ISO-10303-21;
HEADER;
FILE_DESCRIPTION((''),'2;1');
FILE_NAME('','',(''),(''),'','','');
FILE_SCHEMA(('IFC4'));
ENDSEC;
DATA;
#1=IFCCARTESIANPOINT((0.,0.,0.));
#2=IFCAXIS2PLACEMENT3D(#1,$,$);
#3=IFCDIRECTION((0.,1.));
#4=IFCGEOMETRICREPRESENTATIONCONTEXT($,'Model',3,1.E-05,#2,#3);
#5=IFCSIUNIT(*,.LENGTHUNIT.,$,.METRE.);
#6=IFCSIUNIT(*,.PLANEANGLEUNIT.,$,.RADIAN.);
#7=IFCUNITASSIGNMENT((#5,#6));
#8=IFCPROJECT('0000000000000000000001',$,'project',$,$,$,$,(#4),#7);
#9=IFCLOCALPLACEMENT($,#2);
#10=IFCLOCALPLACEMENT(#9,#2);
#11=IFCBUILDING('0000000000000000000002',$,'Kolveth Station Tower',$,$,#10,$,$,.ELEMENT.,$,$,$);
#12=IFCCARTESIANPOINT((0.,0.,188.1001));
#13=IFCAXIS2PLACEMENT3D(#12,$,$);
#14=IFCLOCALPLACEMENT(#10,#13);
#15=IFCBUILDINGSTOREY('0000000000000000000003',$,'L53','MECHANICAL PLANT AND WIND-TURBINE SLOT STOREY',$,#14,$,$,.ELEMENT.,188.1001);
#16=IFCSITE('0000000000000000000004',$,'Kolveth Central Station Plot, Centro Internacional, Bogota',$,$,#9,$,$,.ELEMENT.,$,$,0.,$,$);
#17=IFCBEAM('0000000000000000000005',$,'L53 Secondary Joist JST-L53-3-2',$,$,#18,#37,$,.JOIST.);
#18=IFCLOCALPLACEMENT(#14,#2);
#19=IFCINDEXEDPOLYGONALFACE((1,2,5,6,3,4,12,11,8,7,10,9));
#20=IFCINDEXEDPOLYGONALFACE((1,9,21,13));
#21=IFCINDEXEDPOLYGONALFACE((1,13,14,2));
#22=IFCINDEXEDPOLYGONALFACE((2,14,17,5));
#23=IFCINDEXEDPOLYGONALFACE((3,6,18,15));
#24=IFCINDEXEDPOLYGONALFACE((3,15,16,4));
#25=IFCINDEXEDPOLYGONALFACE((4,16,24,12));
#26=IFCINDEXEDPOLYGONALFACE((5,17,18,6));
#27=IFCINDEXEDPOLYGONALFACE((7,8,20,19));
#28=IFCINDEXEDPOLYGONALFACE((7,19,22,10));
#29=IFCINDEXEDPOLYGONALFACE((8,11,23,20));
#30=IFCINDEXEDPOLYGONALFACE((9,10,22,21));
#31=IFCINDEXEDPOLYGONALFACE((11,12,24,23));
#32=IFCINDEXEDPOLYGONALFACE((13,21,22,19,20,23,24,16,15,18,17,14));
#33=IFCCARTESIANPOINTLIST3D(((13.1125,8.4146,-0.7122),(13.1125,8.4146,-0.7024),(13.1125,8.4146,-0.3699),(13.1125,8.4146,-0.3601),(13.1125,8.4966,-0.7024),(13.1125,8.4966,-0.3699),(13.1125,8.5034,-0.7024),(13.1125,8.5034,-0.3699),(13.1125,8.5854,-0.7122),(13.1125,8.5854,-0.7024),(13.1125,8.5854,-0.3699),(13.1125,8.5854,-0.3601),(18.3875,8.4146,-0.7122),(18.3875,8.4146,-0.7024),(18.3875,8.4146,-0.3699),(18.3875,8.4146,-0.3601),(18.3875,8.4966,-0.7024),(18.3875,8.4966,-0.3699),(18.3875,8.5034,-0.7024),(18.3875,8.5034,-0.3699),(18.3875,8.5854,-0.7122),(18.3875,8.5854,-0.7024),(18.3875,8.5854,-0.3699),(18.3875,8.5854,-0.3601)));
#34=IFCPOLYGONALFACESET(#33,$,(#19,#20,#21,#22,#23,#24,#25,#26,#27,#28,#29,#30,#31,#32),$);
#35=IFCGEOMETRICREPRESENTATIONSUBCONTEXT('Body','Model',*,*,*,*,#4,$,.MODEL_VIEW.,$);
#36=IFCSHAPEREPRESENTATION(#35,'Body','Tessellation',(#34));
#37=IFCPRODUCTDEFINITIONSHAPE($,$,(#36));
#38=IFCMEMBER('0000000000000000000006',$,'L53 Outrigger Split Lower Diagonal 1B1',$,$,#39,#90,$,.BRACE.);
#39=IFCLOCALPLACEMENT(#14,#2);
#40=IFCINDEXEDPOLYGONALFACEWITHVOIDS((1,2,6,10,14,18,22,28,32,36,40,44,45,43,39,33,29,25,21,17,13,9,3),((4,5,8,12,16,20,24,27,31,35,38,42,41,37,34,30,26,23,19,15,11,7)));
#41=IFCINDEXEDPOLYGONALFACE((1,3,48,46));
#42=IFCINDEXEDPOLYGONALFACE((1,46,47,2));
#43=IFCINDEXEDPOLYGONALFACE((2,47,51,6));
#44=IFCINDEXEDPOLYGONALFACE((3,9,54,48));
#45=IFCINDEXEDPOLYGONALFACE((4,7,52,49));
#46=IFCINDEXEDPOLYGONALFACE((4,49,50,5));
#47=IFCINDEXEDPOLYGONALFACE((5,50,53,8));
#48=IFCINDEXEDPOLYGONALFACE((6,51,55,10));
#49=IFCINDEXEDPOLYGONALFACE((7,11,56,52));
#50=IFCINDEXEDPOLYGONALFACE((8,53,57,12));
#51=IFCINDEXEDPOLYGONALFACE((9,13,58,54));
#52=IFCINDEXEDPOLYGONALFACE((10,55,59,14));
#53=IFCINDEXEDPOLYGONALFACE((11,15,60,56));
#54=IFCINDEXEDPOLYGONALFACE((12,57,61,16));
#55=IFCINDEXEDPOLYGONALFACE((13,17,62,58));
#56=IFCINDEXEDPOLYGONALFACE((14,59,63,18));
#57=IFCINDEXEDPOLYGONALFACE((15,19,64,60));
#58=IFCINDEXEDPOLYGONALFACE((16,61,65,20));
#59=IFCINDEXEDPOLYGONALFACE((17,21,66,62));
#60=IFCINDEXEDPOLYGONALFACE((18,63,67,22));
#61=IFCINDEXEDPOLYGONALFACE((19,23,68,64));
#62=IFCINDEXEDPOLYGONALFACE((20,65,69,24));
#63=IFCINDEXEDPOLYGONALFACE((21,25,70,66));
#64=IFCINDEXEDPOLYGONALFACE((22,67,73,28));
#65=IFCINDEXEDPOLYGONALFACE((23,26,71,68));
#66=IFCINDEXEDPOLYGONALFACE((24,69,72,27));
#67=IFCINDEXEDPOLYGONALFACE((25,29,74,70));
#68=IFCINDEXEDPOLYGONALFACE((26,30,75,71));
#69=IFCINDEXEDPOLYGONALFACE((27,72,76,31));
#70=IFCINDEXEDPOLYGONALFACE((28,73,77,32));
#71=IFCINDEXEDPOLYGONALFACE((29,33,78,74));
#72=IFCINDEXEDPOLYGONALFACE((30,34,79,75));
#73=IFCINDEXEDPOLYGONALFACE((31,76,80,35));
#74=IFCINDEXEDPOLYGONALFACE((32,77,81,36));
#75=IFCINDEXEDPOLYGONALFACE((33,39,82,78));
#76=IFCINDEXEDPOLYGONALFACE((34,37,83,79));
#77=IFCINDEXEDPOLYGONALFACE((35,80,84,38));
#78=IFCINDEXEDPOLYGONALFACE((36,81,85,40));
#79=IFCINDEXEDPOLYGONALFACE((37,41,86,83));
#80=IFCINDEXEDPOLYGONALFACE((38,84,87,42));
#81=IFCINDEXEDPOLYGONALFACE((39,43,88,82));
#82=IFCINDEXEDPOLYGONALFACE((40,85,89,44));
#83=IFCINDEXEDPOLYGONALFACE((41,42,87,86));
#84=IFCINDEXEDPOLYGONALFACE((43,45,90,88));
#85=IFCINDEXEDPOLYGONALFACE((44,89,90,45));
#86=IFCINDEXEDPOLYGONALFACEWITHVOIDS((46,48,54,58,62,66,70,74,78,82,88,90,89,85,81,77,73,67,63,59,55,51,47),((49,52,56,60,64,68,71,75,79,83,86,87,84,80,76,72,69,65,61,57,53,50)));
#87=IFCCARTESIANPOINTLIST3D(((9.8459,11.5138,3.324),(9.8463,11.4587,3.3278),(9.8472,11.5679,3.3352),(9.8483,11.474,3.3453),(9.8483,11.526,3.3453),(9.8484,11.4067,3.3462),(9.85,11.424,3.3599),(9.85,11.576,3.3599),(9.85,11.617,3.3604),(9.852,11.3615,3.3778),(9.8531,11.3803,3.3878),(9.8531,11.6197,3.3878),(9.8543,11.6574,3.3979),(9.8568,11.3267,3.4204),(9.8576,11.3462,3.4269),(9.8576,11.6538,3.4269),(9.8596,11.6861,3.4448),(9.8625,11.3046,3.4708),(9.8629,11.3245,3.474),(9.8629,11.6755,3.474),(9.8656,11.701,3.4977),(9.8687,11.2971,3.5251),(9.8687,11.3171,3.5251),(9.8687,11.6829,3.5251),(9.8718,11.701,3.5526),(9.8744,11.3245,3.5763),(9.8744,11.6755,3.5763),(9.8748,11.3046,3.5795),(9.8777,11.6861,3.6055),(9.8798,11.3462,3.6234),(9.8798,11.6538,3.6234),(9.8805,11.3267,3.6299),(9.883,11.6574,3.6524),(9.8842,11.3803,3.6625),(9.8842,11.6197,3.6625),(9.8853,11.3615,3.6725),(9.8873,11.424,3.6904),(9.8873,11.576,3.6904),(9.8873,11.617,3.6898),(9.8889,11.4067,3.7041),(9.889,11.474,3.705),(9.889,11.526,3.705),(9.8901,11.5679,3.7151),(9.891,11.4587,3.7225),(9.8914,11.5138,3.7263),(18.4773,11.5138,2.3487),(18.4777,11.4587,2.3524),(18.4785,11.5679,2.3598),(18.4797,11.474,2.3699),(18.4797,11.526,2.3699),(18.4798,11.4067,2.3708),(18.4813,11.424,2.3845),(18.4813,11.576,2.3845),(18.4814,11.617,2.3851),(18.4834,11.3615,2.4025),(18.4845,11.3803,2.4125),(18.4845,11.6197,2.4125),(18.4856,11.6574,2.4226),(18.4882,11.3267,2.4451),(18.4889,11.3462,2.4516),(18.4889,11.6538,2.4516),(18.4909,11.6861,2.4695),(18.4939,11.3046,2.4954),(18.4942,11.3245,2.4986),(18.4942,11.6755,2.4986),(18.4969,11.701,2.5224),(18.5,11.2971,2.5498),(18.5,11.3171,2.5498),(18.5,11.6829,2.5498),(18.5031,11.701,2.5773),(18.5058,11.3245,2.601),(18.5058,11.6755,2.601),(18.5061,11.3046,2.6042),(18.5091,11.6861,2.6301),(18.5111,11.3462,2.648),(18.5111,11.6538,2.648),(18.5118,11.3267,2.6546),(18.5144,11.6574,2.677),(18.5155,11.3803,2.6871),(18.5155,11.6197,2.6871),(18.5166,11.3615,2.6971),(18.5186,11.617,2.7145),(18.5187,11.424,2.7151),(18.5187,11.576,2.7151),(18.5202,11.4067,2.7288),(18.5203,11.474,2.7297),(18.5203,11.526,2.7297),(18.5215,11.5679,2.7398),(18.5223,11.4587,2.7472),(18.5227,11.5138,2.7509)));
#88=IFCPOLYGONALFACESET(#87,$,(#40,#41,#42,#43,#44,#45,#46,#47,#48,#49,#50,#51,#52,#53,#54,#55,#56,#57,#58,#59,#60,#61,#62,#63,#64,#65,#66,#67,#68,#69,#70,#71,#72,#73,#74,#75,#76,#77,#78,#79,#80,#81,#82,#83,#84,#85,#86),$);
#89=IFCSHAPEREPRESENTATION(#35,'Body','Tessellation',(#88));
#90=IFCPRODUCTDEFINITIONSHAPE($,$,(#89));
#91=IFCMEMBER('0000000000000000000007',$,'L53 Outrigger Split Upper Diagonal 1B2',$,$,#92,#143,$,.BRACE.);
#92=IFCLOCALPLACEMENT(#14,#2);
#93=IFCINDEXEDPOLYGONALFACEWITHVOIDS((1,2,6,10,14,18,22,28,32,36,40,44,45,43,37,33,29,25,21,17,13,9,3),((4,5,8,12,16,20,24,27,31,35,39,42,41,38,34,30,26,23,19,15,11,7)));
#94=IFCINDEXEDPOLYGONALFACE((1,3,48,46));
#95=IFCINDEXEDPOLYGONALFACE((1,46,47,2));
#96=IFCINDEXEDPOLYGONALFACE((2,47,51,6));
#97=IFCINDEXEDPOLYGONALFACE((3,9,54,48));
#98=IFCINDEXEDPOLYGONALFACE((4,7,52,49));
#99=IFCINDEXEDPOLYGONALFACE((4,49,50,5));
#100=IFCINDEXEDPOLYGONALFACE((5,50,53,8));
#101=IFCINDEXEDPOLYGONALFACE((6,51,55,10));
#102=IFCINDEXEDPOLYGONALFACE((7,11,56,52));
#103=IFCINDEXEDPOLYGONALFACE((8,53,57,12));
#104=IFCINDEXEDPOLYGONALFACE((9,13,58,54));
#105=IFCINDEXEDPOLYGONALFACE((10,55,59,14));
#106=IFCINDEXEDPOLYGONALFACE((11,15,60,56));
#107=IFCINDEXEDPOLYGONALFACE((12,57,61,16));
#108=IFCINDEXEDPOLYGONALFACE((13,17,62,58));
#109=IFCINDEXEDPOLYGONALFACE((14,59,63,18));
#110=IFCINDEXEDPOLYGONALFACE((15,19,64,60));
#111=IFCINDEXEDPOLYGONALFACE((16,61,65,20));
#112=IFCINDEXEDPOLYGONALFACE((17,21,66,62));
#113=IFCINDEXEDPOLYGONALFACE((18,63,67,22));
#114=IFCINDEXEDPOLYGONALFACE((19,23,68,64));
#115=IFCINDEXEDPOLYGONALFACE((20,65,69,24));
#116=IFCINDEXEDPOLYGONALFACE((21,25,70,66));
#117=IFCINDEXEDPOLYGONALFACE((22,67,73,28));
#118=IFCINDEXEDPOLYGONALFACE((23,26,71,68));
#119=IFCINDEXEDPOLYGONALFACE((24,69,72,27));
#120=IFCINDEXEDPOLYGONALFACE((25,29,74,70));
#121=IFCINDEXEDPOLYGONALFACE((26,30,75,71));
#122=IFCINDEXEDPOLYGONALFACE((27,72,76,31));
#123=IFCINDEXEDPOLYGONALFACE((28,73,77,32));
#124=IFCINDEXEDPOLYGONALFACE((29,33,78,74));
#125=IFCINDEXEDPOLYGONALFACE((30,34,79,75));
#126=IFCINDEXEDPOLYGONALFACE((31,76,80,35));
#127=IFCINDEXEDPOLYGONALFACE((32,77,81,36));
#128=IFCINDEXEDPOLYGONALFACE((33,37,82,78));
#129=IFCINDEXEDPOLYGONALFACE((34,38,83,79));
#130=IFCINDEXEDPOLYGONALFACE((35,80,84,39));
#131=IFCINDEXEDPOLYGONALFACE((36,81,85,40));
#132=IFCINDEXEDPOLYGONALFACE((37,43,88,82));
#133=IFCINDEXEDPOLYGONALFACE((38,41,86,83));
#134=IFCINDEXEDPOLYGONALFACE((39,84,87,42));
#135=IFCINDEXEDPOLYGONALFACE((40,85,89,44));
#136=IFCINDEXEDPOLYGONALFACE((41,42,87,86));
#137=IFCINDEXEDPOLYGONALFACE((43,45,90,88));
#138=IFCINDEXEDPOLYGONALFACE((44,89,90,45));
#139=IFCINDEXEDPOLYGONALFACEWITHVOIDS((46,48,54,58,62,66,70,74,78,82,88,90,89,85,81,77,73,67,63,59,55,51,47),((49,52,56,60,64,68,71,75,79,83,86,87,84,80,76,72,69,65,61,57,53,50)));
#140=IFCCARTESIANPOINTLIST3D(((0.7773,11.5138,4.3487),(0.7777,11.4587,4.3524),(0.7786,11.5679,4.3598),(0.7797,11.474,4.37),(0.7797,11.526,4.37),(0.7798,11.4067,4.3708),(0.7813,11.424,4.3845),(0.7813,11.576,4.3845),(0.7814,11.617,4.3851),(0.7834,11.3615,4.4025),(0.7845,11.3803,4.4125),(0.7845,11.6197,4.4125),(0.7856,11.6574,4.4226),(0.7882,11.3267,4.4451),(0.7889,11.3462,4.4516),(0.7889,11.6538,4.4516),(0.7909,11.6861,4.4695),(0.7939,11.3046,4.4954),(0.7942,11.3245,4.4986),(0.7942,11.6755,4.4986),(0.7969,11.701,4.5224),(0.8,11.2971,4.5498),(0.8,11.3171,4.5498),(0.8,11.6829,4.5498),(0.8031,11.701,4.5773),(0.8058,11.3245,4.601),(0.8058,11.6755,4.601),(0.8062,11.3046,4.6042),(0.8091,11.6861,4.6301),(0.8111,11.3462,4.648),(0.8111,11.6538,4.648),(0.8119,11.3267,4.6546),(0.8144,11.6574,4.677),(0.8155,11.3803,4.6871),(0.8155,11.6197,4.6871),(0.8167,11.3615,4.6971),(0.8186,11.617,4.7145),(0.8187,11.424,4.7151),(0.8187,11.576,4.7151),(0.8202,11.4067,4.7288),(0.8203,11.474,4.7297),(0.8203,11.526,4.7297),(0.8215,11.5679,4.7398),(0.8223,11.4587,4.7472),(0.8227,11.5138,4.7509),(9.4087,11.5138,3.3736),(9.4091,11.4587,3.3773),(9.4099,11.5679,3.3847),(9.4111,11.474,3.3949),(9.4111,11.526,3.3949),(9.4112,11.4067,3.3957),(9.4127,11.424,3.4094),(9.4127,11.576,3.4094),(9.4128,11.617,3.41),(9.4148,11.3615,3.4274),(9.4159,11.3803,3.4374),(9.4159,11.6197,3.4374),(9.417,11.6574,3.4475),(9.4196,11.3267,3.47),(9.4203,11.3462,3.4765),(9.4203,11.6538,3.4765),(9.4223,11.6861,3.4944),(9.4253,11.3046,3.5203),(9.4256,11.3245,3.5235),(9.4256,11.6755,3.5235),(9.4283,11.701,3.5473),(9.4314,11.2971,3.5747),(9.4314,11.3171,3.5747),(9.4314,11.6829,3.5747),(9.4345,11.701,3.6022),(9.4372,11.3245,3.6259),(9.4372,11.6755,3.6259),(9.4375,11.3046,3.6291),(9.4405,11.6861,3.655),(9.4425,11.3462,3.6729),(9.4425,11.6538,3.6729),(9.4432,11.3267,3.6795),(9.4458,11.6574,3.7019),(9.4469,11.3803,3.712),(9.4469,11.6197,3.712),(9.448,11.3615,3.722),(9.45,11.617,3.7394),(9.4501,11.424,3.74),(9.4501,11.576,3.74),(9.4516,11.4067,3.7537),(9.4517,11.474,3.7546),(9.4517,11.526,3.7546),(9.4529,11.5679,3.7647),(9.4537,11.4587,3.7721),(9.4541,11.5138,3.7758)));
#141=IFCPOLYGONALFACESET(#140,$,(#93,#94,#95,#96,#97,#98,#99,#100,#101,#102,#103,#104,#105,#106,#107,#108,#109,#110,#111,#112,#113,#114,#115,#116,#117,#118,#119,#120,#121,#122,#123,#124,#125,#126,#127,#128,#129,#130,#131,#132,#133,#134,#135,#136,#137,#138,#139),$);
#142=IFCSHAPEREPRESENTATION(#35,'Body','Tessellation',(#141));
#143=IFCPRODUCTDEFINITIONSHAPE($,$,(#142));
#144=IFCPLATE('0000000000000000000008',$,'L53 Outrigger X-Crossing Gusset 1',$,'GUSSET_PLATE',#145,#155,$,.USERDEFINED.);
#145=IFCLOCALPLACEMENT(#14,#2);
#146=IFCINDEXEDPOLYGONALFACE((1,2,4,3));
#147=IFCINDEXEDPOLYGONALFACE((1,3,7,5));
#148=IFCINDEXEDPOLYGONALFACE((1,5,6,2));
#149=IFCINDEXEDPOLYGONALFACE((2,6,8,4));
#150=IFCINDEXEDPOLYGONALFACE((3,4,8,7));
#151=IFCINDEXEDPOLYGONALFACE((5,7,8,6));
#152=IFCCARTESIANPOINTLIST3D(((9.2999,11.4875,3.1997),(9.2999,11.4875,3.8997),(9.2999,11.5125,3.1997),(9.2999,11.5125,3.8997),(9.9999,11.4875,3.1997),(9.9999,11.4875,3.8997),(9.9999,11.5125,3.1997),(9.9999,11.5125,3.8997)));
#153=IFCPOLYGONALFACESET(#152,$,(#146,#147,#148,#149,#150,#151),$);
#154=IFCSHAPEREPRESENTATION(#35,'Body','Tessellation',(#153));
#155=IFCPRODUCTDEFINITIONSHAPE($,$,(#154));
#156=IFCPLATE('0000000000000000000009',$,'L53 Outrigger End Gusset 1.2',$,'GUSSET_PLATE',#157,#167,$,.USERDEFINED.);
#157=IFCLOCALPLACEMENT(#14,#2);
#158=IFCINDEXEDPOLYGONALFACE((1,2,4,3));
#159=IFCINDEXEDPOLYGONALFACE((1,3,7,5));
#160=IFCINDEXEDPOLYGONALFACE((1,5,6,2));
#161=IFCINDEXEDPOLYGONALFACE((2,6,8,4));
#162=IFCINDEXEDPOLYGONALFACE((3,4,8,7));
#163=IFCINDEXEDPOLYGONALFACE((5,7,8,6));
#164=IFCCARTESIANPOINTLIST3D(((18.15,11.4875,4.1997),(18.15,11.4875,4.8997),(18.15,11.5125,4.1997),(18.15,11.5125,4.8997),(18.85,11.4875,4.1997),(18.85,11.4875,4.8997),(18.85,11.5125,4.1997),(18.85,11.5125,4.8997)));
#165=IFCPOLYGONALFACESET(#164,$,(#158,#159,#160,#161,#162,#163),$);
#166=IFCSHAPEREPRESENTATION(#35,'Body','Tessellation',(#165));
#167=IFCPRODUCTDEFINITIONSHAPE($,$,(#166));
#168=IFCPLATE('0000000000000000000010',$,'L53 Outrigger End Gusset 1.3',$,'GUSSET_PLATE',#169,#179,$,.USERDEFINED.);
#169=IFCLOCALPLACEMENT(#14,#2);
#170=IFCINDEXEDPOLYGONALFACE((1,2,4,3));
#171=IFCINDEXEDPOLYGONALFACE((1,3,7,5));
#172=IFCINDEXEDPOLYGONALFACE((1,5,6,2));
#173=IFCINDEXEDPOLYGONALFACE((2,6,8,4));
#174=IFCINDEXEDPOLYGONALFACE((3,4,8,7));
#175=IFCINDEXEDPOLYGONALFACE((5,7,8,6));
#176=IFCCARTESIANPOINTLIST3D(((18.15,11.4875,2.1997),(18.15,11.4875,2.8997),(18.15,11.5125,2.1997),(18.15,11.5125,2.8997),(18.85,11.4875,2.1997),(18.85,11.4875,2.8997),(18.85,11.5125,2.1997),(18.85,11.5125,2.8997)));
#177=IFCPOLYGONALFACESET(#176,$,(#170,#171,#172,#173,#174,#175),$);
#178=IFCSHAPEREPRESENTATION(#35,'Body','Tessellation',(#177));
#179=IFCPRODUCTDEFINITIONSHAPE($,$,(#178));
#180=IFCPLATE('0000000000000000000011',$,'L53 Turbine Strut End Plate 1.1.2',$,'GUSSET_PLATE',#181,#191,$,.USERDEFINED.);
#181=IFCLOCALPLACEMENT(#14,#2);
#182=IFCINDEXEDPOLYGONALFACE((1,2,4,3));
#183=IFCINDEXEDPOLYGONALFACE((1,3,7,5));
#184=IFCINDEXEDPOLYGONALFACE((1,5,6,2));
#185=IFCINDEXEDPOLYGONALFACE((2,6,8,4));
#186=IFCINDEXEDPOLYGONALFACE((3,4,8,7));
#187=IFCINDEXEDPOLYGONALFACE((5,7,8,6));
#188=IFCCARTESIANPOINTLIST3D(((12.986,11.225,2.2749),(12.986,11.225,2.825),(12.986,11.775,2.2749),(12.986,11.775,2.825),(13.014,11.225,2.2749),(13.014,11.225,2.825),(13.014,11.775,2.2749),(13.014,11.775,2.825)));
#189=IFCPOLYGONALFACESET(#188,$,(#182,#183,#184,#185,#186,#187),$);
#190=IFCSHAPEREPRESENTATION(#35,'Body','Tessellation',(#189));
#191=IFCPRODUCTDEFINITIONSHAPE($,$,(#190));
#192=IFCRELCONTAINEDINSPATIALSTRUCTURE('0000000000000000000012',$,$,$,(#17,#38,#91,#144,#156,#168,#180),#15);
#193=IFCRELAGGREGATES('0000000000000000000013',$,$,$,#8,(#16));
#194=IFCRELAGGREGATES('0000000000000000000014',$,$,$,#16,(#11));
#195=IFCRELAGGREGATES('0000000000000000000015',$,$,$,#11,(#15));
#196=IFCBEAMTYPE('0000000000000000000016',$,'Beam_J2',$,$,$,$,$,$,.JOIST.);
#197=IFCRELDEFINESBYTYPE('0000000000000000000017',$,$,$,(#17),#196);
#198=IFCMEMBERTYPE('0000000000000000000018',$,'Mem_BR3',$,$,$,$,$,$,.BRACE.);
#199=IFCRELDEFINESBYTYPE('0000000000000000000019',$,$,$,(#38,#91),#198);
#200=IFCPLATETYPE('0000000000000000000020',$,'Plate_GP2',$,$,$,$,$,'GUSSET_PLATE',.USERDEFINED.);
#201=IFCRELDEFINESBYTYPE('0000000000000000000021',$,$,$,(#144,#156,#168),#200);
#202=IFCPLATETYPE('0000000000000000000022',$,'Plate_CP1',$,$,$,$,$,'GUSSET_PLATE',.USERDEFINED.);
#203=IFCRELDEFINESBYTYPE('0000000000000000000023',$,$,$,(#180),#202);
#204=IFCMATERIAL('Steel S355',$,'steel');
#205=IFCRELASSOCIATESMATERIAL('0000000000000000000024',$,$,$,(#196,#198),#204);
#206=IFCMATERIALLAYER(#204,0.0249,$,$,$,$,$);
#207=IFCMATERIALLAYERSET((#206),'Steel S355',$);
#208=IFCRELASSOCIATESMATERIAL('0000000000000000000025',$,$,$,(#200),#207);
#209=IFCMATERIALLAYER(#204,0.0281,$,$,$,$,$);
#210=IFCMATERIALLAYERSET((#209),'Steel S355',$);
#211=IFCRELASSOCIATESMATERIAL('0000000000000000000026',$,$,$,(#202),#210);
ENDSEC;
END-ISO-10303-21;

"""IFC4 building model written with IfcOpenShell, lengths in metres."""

from ifc_helpers import new_model, si_unit, direction, frame, origin, origin_2d, place, context, subcontext, project, spatial, rectangle, hollow_circle, i_section, extrude, source, transform, mapped, material, layer, layer_set, material_profile, profile_set, type_object, element, save


model = new_model("IFC4")

# Units and contexts
model_context = context("Model", 3, precision=1e-05, world=origin(), true_north=direction((0.0, 1.0)))
body_context = subcontext(model_context, "Body", "Model", "MODEL_VIEW")
ifc_project = project(units=[si_unit("LENGTHUNIT", "METRE"), si_unit("PLANEANGLEUNIT", "RADIAN")], contexts=[model_context])

# Site, building, storey
site_placement = place(None, origin())
site = spatial("IfcSite", under=ifc_project, at=site_placement, Name="Kolveth Central Station Plot, Centro Internacional, Bogota", CompositionType="ELEMENT", RefElevation=0.0)
building_placement = place(site_placement, origin())
building = spatial("IfcBuilding", under=site, at=building_placement, Name="Kolveth Station Tower", CompositionType="ELEMENT")
storey_placement = place(building_placement, frame((0.0, 0.0, 188.1001)))
storey = spatial("IfcBuildingStorey", under=building, at=storey_placement, Name="L53", Description="MECHANICAL PLANT AND WIND-TURBINE SLOT STOREY", CompositionType="ELEMENT", Elevation=188.1001)

# Shared definitions
ifc_material_1 = material(Name="Steel S355", Category="steel")

# Beam
ifc_material_profile_1 = material_profile(ifc_material_1, i_section(OverallWidth=0.1709, OverallDepth=0.3521, WebThickness=0.0068, FlangeThickness=0.0098, at=origin_2d()), Name="W360x44")
ifc_profile_set_1 = profile_set([ifc_material_profile_1], Name="Steel S355")
beam_type_1 = type_object("IfcBeamType", Name="Beam_J2", PredefinedType="JOIST", material=ifc_profile_set_1)
shared_shape_1 = source(origin(), body_context, "Body", "SweptSolid", [
    extrude(i_section(OverallWidth=0.1709, OverallDepth=0.3521, WebThickness=0.0068, FlangeThickness=0.0098, at=origin_2d()), origin(), (0.0, 0.0, 1.0), 5.2749),
])
beam_1_placement = place(storey_placement, frame((13.1125, 8.5, -0.5361), z_axis=(1.0, 0.0, 0.0), x_axis=(0.0, 1.0, 0.0)))
element("IfcBeam", 1, at=beam_1_placement, inside=storey, type_object=beam_type_1, Name="L53 Secondary Joist JST-L53-3-2", PredefinedType="JOIST", context=body_context, shape_type="MappedRepresentation", body=[
    mapped(shared_shape_1, transform((0.0, 0.0, 0.0), x_axis=(1.0, 0.0, 0.0), y_axis=(0.0, 1.0, 0.0), z_axis=(0.0, 0.0, 1.0), scale=1.0)),
])

# Members
ifc_material_profile_2 = material_profile(ifc_material_1, hollow_circle(Radius=0.2029, WallThickness=0.02, at=origin_2d()), Name="CHS406x20")
ifc_profile_set_2 = profile_set([ifc_material_profile_2], Name="Steel S355")
member_type = type_object("IfcMemberType", Name="Mem_BR3", PredefinedType="BRACE", material=ifc_profile_set_2)
shared_shape_2 = source(origin(), body_context, "Body", "SweptSolid", [
    extrude(hollow_circle(Radius=0.2029, WallThickness=0.02, at=origin_2d()), origin(), (0.0, 0.0, 1.0), 8.6863),
])
for number, where, z_axis, x_axis, name in (
    (2, (18.5, 11.5, 2.5498), (-0.993676, 0.0, 0.112285), (0.0, -1.0, 0.0), "L53 Outrigger Split Lower Diagonal 1B1"),
    (3, (9.4314, 11.5, 3.5747), (-0.993679, 0.0, 0.112258), (0.0, -1.0, 0.0), "L53 Outrigger Split Upper Diagonal 1B2"),
):
    element("IfcMember", number, at=place(storey_placement, frame(where, z_axis=z_axis, x_axis=x_axis)), inside=storey, type_object=member_type, Name=name, PredefinedType="BRACE", context=body_context, shape_type="MappedRepresentation", body=[
        mapped(shared_shape_2, transform((0.0, 0.0, 0.0), x_axis=(1.0, 0.0, 0.0), y_axis=(0.0, 1.0, 0.0), z_axis=(0.0, 0.0, 1.0), scale=1.0)),
    ])

# Plates
ifc_layer_1 = layer(ifc_material_1, 0.0249)
ifc_layer_set_1 = layer_set([ifc_layer_1], Name="Steel S355")
plate_type_1 = type_object("IfcPlateType", Name="Plate_GP2", ElementType="GUSSET_PLATE", PredefinedType="USERDEFINED", material=ifc_layer_set_1)
shared_shape_3 = source(origin(), body_context, "Body", "SweptSolid", [
    extrude(rectangle(XDim=0.7, YDim=0.0249, at=origin_2d()), origin(), (0.0, 0.0, 1.0), 0.7),
])
for number, where, z_axis, x_axis, name in (
    (4, (9.6499, 11.5, 3.1997), (0.0, 0.0, 1.0), (1.0, 0.0, 0.0), "L53 Outrigger X-Crossing Gusset 1"),
    (5, (18.5, 11.5, 4.1997), (0.0, 0.0, 1.0), (1.0, 0.0, 0.0), "L53 Outrigger End Gusset 1.2"),
    (6, (18.5, 11.5, 2.1997), (0.0, 0.0, 1.0), (1.0, 0.0, 0.0), "L53 Outrigger End Gusset 1.3"),
):
    element("IfcPlate", number, at=place(storey_placement, frame(where, z_axis=z_axis, x_axis=x_axis)), inside=storey, type_object=plate_type_1, Name=name, ObjectType="GUSSET_PLATE", PredefinedType="USERDEFINED", context=body_context, shape_type="MappedRepresentation", body=[
        mapped(shared_shape_3, transform((0.0, 0.0, 0.0), x_axis=(1.0, 0.0, 0.0), y_axis=(0.0, 1.0, 0.0), z_axis=(0.0, 0.0, 1.0), scale=1.0)),
    ])
ifc_layer_2 = layer(ifc_material_1, 0.0281)
ifc_layer_set_2 = layer_set([ifc_layer_2], Name="Steel S355")
plate_type_2 = type_object("IfcPlateType", Name="Plate_CP1", ElementType="GUSSET_PLATE", PredefinedType="USERDEFINED", material=ifc_layer_set_2)
shared_shape_4 = source(origin(), body_context, "Body", "SweptSolid", [
    extrude(rectangle(XDim=0.0281, YDim=0.55, at=origin_2d()), origin(), (0.0, 0.0, 1.0), 0.55),
])
plate_placement = place(storey_placement, frame((13.0, 11.5, 2.2749), z_axis=(0.0, 0.0, 1.0), x_axis=(1.0, 0.0, 0.0)))
element("IfcPlate", 7, at=plate_placement, inside=storey, type_object=plate_type_2, Name="L53 Turbine Strut End Plate 1.1.2", ObjectType="GUSSET_PLATE", PredefinedType="USERDEFINED", context=body_context, shape_type="MappedRepresentation", body=[
    mapped(shared_shape_4, transform((0.0, 0.0, 0.0), x_axis=(1.0, 0.0, 0.0), y_axis=(0.0, 1.0, 0.0), z_axis=(0.0, 0.0, 1.0), scale=1.0)),
])

save(model, "model.ifc")
